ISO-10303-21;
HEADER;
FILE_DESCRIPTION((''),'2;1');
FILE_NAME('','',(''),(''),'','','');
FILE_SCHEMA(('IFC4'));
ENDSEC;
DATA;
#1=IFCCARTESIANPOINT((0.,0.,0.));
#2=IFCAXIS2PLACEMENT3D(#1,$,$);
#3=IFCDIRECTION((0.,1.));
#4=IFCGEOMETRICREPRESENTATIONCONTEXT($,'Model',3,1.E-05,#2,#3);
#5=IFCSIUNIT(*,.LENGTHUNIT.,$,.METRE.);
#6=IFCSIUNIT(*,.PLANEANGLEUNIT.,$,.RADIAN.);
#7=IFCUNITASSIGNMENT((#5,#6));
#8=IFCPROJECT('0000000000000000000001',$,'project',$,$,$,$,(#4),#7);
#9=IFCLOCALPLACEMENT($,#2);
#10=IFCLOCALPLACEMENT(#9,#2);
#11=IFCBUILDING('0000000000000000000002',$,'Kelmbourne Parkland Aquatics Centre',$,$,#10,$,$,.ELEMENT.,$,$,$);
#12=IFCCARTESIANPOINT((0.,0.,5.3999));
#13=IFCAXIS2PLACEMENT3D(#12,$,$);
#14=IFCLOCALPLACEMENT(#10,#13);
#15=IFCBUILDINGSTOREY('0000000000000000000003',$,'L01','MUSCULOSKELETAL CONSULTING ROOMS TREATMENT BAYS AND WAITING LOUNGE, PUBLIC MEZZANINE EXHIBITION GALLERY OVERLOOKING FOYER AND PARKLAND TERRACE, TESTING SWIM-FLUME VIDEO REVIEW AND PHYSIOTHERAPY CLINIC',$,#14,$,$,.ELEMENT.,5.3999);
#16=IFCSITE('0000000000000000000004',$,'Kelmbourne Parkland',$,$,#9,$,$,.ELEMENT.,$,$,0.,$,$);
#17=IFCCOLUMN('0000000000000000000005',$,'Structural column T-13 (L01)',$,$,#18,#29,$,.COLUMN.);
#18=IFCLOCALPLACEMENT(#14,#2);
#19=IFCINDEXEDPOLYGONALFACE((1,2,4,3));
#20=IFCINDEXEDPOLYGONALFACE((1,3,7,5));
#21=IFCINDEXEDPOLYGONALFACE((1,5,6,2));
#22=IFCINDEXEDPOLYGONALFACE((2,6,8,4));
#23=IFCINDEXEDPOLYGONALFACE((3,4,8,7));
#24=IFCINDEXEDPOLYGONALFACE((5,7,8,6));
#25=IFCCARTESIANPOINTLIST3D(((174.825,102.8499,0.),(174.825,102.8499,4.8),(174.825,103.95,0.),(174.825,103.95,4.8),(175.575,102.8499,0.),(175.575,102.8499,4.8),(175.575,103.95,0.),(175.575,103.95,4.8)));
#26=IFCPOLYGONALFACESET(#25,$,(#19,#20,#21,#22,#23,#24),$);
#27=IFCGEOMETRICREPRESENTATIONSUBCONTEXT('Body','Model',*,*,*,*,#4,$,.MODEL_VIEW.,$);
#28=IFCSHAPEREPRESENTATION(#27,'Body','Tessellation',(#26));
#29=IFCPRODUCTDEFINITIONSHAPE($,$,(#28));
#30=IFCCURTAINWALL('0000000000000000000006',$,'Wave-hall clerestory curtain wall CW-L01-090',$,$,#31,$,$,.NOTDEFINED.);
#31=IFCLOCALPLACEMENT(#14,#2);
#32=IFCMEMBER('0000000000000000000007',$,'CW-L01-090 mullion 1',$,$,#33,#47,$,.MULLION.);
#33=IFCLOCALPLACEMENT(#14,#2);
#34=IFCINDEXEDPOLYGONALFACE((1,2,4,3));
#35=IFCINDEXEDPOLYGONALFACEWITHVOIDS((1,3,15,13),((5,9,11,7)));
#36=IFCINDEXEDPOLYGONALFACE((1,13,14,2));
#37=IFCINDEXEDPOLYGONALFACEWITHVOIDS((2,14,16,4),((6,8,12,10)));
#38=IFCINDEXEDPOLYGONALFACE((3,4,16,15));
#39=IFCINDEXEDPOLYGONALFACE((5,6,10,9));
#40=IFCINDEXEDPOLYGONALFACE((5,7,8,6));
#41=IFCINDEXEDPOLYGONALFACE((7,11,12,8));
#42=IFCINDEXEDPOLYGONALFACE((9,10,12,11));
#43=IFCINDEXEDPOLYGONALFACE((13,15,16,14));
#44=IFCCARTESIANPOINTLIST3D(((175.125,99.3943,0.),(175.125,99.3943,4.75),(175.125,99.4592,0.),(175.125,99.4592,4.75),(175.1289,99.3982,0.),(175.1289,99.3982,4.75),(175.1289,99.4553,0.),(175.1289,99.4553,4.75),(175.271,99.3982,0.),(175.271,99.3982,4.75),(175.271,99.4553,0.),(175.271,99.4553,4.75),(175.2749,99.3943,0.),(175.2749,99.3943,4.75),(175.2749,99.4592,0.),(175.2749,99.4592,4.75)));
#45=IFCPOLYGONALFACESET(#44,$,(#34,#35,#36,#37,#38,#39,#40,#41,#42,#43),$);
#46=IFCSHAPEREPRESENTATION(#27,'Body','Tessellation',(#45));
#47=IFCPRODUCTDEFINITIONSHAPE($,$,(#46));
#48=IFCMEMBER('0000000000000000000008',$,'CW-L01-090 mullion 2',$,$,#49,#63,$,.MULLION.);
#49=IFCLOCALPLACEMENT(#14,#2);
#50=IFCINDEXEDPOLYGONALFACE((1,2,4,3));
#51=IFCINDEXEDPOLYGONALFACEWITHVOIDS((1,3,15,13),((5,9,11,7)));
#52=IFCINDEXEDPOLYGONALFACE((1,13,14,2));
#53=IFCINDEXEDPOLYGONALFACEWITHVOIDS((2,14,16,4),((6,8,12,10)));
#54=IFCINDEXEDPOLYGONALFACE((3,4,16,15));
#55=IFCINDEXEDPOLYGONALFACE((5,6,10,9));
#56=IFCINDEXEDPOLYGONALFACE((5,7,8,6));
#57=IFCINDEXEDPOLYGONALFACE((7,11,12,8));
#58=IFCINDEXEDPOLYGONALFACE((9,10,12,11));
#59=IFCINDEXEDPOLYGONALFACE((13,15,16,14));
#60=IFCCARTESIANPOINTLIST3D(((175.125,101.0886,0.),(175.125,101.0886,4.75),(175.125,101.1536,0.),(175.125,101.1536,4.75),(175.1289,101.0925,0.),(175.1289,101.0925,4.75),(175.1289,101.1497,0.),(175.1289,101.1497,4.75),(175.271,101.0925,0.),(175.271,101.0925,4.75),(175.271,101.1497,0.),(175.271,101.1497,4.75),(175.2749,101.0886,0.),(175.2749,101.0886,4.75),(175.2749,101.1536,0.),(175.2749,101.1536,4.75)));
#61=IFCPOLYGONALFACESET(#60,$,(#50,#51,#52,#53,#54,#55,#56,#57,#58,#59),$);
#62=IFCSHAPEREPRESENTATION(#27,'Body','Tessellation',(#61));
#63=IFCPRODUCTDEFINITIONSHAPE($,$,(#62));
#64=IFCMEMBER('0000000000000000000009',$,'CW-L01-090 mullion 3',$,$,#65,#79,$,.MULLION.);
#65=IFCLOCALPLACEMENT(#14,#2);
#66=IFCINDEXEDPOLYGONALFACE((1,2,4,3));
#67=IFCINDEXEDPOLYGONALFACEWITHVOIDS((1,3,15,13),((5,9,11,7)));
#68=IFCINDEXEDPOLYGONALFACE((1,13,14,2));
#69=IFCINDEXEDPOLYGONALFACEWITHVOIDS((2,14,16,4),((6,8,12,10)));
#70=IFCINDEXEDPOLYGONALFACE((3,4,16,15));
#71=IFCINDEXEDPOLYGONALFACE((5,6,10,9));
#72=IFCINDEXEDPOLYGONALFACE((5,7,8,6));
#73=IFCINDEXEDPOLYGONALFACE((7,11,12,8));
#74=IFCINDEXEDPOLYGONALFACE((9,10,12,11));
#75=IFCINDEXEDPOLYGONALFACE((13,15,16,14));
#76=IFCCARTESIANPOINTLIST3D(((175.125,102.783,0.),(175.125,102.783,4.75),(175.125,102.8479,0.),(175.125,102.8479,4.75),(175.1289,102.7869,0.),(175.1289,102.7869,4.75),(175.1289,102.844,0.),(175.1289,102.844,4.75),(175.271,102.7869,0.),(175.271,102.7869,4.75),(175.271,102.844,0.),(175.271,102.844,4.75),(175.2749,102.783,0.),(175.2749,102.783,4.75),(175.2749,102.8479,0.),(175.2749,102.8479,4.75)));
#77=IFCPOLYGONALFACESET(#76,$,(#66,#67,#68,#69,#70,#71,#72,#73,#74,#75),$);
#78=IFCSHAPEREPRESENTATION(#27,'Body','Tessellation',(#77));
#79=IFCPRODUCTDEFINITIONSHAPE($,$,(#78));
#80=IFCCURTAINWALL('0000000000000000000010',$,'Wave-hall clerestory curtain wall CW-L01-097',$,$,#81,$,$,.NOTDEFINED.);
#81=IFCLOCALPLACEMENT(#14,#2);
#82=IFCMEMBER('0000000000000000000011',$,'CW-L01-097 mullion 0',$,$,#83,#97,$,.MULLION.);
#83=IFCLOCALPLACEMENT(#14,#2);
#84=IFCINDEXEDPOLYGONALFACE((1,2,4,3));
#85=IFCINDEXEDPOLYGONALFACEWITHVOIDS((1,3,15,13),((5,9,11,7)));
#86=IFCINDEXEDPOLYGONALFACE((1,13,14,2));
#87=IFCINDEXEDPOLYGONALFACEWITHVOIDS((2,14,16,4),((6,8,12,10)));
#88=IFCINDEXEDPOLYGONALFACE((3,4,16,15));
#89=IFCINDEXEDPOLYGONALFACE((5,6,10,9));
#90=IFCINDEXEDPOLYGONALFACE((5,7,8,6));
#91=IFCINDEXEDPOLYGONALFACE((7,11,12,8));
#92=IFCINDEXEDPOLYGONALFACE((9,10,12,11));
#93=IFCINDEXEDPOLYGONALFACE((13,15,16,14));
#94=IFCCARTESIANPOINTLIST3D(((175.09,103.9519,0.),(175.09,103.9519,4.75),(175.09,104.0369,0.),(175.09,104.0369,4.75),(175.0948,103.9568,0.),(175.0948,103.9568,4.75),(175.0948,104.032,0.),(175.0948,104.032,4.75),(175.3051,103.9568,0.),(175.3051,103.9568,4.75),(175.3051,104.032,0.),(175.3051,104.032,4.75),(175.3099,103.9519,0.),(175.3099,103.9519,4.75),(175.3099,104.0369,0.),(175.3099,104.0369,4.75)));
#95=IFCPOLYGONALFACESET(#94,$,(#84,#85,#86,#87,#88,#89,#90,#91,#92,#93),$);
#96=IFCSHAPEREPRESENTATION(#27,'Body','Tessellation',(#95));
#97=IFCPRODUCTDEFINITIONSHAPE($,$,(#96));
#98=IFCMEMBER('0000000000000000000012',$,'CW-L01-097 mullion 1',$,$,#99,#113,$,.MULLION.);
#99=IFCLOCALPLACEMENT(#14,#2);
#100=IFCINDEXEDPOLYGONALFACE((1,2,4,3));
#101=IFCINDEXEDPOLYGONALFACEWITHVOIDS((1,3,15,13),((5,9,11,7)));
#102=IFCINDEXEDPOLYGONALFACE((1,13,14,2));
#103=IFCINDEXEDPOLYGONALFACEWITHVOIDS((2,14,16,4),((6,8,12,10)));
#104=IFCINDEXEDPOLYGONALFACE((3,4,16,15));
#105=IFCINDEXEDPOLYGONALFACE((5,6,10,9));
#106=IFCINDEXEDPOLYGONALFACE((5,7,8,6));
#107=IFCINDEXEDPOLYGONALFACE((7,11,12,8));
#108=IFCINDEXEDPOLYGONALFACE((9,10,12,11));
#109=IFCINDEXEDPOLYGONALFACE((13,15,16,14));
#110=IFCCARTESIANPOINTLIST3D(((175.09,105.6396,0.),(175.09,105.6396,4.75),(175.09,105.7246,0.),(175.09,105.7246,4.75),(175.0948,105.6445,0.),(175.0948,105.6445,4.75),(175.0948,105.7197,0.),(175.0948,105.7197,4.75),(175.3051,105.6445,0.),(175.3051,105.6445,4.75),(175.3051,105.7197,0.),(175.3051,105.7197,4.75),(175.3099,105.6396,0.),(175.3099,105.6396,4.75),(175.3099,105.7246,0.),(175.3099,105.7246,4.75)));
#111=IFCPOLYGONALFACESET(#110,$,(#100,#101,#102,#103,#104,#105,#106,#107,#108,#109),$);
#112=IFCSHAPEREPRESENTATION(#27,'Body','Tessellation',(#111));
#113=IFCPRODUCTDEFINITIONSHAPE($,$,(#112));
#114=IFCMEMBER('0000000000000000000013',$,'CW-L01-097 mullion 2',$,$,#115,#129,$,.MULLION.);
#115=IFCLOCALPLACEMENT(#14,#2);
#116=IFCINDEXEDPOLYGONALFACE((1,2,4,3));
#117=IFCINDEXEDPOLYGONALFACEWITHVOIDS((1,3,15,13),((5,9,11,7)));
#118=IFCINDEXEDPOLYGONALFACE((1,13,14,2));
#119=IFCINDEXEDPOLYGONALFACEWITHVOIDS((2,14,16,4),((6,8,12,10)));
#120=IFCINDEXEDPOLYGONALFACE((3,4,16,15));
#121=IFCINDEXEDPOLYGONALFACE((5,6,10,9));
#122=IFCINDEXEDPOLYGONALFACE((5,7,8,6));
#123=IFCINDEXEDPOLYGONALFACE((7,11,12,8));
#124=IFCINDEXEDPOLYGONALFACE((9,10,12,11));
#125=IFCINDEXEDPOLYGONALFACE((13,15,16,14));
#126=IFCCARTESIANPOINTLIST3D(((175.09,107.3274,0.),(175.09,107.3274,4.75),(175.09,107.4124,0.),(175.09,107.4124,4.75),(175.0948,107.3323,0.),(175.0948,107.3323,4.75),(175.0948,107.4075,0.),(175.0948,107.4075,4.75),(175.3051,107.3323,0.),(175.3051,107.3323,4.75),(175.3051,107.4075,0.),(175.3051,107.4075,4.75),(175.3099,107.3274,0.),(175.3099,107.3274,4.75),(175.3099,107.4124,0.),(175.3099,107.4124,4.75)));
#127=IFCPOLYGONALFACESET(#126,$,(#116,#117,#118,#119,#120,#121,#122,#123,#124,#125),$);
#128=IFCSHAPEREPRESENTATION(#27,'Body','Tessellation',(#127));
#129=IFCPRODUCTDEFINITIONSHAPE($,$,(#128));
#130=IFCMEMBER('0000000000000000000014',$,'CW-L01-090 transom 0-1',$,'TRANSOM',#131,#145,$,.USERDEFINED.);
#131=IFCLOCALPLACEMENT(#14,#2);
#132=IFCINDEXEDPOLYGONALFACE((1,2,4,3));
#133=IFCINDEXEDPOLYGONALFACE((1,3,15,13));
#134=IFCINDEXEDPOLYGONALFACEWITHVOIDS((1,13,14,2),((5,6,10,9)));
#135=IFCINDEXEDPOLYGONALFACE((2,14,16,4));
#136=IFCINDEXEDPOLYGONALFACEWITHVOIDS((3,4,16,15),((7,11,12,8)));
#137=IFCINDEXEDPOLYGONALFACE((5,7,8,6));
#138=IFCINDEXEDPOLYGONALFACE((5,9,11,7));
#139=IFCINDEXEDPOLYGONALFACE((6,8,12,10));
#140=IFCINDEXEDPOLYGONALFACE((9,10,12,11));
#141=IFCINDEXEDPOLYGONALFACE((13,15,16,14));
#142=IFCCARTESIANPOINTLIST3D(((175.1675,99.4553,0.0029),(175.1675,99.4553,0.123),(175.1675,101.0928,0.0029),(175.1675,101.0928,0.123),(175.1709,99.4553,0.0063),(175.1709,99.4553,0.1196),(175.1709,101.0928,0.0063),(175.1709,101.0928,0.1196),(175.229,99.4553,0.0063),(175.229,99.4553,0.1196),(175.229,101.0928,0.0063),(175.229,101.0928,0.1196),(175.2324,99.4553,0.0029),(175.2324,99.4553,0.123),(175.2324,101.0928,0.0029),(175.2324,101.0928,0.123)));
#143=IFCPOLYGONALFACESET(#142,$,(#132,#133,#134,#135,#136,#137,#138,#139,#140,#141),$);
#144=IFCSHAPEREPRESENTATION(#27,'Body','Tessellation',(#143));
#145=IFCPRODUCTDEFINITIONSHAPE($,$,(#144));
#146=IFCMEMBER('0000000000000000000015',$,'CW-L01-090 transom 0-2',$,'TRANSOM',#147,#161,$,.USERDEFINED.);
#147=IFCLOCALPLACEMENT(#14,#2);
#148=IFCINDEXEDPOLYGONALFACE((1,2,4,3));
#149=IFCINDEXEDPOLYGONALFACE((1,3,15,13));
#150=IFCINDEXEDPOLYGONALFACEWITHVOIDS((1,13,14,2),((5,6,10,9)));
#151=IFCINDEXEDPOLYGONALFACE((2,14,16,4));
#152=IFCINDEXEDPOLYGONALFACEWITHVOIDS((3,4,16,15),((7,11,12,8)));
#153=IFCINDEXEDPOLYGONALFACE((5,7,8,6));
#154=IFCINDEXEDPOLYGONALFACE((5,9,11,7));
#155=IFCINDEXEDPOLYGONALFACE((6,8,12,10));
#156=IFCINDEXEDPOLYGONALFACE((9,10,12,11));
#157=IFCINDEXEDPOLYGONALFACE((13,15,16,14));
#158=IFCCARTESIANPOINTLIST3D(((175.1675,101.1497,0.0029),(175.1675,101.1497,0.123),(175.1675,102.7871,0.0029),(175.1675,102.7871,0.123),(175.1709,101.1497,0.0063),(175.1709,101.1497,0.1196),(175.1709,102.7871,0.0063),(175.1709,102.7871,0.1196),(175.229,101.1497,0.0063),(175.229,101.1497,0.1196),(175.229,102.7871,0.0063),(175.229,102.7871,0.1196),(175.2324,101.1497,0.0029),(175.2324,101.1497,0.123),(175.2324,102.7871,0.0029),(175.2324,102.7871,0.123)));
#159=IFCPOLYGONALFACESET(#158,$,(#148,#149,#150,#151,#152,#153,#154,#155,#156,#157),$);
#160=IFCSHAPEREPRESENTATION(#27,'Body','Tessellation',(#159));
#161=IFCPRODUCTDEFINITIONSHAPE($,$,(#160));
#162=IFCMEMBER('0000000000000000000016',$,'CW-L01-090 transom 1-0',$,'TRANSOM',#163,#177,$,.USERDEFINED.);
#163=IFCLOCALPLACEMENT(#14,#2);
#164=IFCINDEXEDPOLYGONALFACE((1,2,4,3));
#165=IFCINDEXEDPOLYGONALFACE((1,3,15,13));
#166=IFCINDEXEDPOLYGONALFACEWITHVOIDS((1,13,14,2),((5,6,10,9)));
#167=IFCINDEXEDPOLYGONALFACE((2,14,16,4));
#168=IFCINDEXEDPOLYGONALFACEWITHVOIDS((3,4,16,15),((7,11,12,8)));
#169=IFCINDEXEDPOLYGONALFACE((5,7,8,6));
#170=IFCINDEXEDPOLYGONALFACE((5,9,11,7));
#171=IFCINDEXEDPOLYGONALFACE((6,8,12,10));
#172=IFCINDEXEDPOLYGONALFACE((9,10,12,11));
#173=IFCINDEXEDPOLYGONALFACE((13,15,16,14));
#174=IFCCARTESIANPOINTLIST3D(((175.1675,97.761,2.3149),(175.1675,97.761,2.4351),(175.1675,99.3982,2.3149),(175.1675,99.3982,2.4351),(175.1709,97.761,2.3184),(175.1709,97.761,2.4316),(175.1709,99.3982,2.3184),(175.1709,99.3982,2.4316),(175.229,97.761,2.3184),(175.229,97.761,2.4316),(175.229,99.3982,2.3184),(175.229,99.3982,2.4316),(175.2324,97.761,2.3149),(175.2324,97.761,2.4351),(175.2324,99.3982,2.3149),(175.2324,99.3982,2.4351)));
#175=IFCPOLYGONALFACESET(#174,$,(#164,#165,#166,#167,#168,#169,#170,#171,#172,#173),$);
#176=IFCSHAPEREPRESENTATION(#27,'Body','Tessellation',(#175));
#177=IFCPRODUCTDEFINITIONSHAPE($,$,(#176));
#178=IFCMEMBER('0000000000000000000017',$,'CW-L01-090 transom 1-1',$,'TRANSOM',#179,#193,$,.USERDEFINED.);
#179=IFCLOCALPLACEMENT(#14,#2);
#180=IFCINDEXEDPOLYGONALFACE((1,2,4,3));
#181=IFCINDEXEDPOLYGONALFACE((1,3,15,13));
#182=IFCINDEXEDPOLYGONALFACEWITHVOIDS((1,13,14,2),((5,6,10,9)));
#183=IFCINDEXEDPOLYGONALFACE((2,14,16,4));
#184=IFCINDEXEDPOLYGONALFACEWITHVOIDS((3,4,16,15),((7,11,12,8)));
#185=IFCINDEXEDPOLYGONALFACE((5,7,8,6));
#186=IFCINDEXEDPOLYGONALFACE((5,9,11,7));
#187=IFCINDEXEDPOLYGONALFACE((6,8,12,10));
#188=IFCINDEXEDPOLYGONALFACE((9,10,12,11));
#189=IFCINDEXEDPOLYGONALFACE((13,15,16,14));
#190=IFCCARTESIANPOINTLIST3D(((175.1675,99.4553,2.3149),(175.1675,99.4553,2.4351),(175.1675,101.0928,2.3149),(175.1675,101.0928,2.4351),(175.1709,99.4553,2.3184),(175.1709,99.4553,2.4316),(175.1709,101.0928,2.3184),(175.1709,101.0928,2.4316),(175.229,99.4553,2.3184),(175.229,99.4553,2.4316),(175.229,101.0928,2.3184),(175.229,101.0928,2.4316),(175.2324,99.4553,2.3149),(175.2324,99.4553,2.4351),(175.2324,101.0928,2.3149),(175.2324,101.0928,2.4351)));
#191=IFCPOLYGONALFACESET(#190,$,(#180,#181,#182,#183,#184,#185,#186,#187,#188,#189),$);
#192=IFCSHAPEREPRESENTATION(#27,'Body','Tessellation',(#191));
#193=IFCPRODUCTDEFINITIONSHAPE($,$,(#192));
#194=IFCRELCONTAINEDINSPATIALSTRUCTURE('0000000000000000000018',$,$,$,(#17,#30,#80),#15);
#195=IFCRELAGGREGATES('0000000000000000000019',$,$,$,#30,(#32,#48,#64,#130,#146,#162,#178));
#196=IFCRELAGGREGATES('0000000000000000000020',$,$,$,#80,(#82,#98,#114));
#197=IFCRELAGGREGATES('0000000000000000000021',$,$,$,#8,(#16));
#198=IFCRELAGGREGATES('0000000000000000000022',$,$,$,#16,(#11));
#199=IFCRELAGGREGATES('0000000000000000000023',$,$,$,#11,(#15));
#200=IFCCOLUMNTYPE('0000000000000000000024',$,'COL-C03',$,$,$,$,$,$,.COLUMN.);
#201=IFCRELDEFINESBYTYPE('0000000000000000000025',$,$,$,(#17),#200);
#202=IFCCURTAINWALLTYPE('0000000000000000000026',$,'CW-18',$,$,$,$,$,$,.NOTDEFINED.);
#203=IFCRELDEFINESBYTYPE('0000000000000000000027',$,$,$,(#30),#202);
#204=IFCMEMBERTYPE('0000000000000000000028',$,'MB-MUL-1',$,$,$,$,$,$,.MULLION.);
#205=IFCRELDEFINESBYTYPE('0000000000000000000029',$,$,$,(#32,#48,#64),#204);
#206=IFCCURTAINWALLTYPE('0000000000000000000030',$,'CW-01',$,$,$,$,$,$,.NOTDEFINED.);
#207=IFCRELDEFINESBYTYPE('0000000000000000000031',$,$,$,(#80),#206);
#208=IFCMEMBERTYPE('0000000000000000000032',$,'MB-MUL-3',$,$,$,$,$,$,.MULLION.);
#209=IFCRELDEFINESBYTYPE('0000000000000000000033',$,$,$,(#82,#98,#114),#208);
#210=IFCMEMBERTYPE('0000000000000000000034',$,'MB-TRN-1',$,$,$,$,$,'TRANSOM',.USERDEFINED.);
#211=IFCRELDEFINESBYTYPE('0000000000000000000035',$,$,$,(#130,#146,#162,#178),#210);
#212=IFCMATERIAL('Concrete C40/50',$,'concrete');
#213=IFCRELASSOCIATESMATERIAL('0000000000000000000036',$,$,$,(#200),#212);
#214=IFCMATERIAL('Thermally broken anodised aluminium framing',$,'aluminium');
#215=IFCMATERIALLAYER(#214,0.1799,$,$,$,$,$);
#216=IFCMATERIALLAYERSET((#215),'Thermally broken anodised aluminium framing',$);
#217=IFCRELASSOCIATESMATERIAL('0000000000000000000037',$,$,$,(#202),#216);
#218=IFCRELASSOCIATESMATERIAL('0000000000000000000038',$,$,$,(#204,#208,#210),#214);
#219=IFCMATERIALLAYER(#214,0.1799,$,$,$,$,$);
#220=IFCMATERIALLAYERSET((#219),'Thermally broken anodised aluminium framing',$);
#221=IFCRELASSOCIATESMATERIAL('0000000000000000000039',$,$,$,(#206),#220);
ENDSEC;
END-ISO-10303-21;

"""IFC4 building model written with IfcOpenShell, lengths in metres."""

from ifc_helpers import new_model, si_unit, direction, frame, origin, origin_2d, place, context, subcontext, project, spatial, rectangle, hollow_rectangle, extrude, material, layer, layer_set, material_profile, profile_set, type_object, element, aggregate, save


model = new_model("IFC4")

# Units and contexts
model_context = context("Model", 3, precision=1e-05, world=origin(), true_north=direction((0.0, 1.0)))
body_context = subcontext(model_context, "Body", "Model", "MODEL_VIEW")
ifc_project = project(units=[si_unit("LENGTHUNIT", "METRE"), si_unit("PLANEANGLEUNIT", "RADIAN")], contexts=[model_context])

# Site, building, storey
site_placement = place(None, origin())
site = spatial("IfcSite", under=ifc_project, at=site_placement, Name="Kelmbourne Parkland", CompositionType="ELEMENT", RefElevation=0.0)
building_placement = place(site_placement, origin())
building = spatial("IfcBuilding", under=site, at=building_placement, Name="Kelmbourne Parkland Aquatics Centre", CompositionType="ELEMENT")
storey_placement = place(building_placement, frame((0.0, 0.0, 5.3999)))
storey = spatial("IfcBuildingStorey", under=building, at=storey_placement, Name="L01", Description="MUSCULOSKELETAL CONSULTING ROOMS TREATMENT BAYS AND WAITING LOUNGE, PUBLIC MEZZANINE EXHIBITION GALLERY OVERLOOKING FOYER AND PARKLAND TERRACE, TESTING SWIM-FLUME VIDEO REVIEW AND PHYSIOTHERAPY CLINIC", CompositionType="ELEMENT", Elevation=5.3999)

# Column
ifc_material_1 = material(Name="Concrete C40/50", Category="concrete")
ifc_material_profile_1 = material_profile(ifc_material_1, rectangle(XDim=0.75, YDim=1.1001, at=origin_2d()), Name="RC 750x1100")
ifc_profile_set_1 = profile_set([ifc_material_profile_1], Name="Concrete C40/50")
column_type = type_object("IfcColumnType", Name="COL-C03", PredefinedType="COLUMN", material=ifc_profile_set_1)
column_placement = place(storey_placement, frame((175.2, 103.3999, 0.0), z_axis=(0.0, 0.0, 1.0), x_axis=(1.0, 0.0, 0.0)))
element("IfcColumn", 1, at=column_placement, inside=storey, type_object=column_type, Name="Structural column T-13 (L01)", PredefinedType="COLUMN", context=body_context, shape_type="SweptSolid", body=[
    extrude(rectangle(XDim=0.75, YDim=1.1001, at=origin_2d()), origin(), (0.0, 0.0, 1.0), 4.8),
])

# Curtain walls, members
ifc_material_2 = material(Name="Thermally broken anodised aluminium framing", Category="aluminium")
ifc_layer_1 = layer(ifc_material_2, 0.1799)
ifc_layer_set_1 = layer_set([ifc_layer_1], Name="Thermally broken anodised aluminium framing")
curtain_wall_type_1 = type_object("IfcCurtainWallType", Name="CW-18", PredefinedType="NOTDEFINED", material=ifc_layer_set_1)
curtain_wall_1_placement = place(storey_placement, origin())
curtain_wall_1 = element("IfcCurtainWall", 2, at=curtain_wall_1_placement, inside=storey, type_object=curtain_wall_type_1, Name="Wave-hall clerestory curtain wall CW-L01-090", PredefinedType="NOTDEFINED")
ifc_material_profile_2 = material_profile(ifc_material_2, hollow_rectangle(XDim=0.0649, YDim=0.1499, WallThickness=0.0039, at=origin_2d()), Name="CW-M 65x150")
ifc_profile_set_2 = profile_set([ifc_material_profile_2], Name="Thermally broken anodised aluminium framing")
member_type_1 = type_object("IfcMemberType", Name="MB-MUL-1", PredefinedType="MULLION", material=ifc_profile_set_2)
member_1_placement = place(storey_placement, frame((175.2, 99.4268, 0.0), z_axis=(0.0, 0.0, 1.0), x_axis=(0.0, 1.0, 0.0)))
member_1 = element("IfcMember", 3, at=member_1_placement, type_object=member_type_1, Name="CW-L01-090 mullion 1", PredefinedType="MULLION", context=body_context, shape_type="SweptSolid", body=[
    extrude(hollow_rectangle(XDim=0.0649, YDim=0.1499, WallThickness=0.0039, at=origin_2d()), origin(), (0.0, 0.0, 1.0), 4.75),
])
member_2_placement = place(storey_placement, frame((175.2, 101.1211, 0.0), z_axis=(0.0, 0.0, 1.0), x_axis=(0.0, 1.0, 0.0)))
member_2 = element("IfcMember", 4, at=member_2_placement, type_object=member_type_1, Name="CW-L01-090 mullion 2", PredefinedType="MULLION", context=body_context, shape_type="SweptSolid", body=[
    extrude(hollow_rectangle(XDim=0.0649, YDim=0.1499, WallThickness=0.0039, at=origin_2d()), origin(), (0.0, 0.0, 1.0), 4.75),
])
member_3_placement = place(storey_placement, frame((175.2, 102.8154, 0.0), z_axis=(0.0, 0.0, 1.0), x_axis=(0.0, 1.0, 0.0)))
member_3 = element("IfcMember", 5, at=member_3_placement, type_object=member_type_1, Name="CW-L01-090 mullion 3", PredefinedType="MULLION", context=body_context, shape_type="SweptSolid", body=[
    extrude(hollow_rectangle(XDim=0.0649, YDim=0.1499, WallThickness=0.0039, at=origin_2d()), origin(), (0.0, 0.0, 1.0), 4.75),
])
ifc_layer_2 = layer(ifc_material_2, 0.1799)
ifc_layer_set_2 = layer_set([ifc_layer_2], Name="Thermally broken anodised aluminium framing")
curtain_wall_type_2 = type_object("IfcCurtainWallType", Name="CW-01", PredefinedType="NOTDEFINED", material=ifc_layer_set_2)
curtain_wall_2_placement = place(storey_placement, origin())
curtain_wall_2 = element("IfcCurtainWall", 6, at=curtain_wall_2_placement, inside=storey, type_object=curtain_wall_type_2, Name="Wave-hall clerestory curtain wall CW-L01-097", PredefinedType="NOTDEFINED")
ifc_material_profile_3 = material_profile(ifc_material_2, hollow_rectangle(XDim=0.085, YDim=0.22, WallThickness=0.0049, at=origin_2d()), Name="CW-M 85x220")
ifc_profile_set_3 = profile_set([ifc_material_profile_3], Name="Thermally broken anodised aluminium framing")
member_type_2 = type_object("IfcMemberType", Name="MB-MUL-3", PredefinedType="MULLION", material=ifc_profile_set_3)
member_4_placement = place(storey_placement, frame((175.2, 103.9944, 0.0), z_axis=(0.0, 0.0, 1.0), x_axis=(0.0, 1.0, 0.0)))
member_4 = element("IfcMember", 7, at=member_4_placement, type_object=member_type_2, Name="CW-L01-097 mullion 0", PredefinedType="MULLION", context=body_context, shape_type="SweptSolid", body=[
    extrude(hollow_rectangle(XDim=0.085, YDim=0.22, WallThickness=0.0049, at=origin_2d()), origin(), (0.0, 0.0, 1.0), 4.75),
])
member_5_placement = place(storey_placement, frame((175.2, 105.6821, 0.0), z_axis=(0.0, 0.0, 1.0), x_axis=(0.0, 1.0, 0.0)))
member_5 = element("IfcMember", 8, at=member_5_placement, type_object=member_type_2, Name="CW-L01-097 mullion 1", PredefinedType="MULLION", context=body_context, shape_type="SweptSolid", body=[
    extrude(hollow_rectangle(XDim=0.085, YDim=0.22, WallThickness=0.0049, at=origin_2d()), origin(), (0.0, 0.0, 1.0), 4.75),
])
member_6_placement = place(storey_placement, frame((175.2, 107.3699, 0.0), z_axis=(0.0, 0.0, 1.0), x_axis=(0.0, 1.0, 0.0)))
member_6 = element("IfcMember", 9, at=member_6_placement, type_object=member_type_2, Name="CW-L01-097 mullion 2", PredefinedType="MULLION", context=body_context, shape_type="SweptSolid", body=[
    extrude(hollow_rectangle(XDim=0.085, YDim=0.22, WallThickness=0.0049, at=origin_2d()), origin(), (0.0, 0.0, 1.0), 4.75),
])

# Members
ifc_material_profile_4 = material_profile(ifc_material_2, hollow_rectangle(XDim=0.0649, YDim=0.1201, WallThickness=0.0034, at=origin_2d()), Name="CW-T 65x120")
ifc_profile_set_4 = profile_set([ifc_material_profile_4], Name="Thermally broken anodised aluminium framing")
member_type_3 = type_object("IfcMemberType", Name="MB-TRN-1", ElementType="TRANSOM", PredefinedType="USERDEFINED", material=ifc_profile_set_4)
member_7_placement = place(storey_placement, frame((175.2, 99.4553, 0.063), z_axis=(0.0, 1.0, 0.0), x_axis=(-1.0, 0.0, 0.0)))
member_7 = element("IfcMember", 10, at=member_7_placement, type_object=member_type_3, Name="CW-L01-090 transom 0-1", ObjectType="TRANSOM", PredefinedType="USERDEFINED", context=body_context, shape_type="SweptSolid", body=[
    extrude(hollow_rectangle(XDim=0.0649, YDim=0.1201, WallThickness=0.0034, at=origin_2d()), origin(), (0.0, 0.0, 1.0), 1.6375),
])
member_8_placement = place(storey_placement, frame((175.2, 101.1497, 0.063), z_axis=(0.0, 1.0, 0.0), x_axis=(-1.0, 0.0, 0.0)))
member_8 = element("IfcMember", 11, at=member_8_placement, type_object=member_type_3, Name="CW-L01-090 transom 0-2", ObjectType="TRANSOM", PredefinedType="USERDEFINED", context=body_context, shape_type="SweptSolid", body=[
    extrude(hollow_rectangle(XDim=0.0649, YDim=0.1201, WallThickness=0.0034, at=origin_2d()), origin(), (0.0, 0.0, 1.0), 1.6375),
])
member_9_placement = place(storey_placement, frame((175.2, 97.761, 2.375), z_axis=(0.0, 1.0, 0.0), x_axis=(-1.0, 0.0, 0.0)))
member_9 = element("IfcMember", 12, at=member_9_placement, type_object=member_type_3, Name="CW-L01-090 transom 1-0", ObjectType="TRANSOM", PredefinedType="USERDEFINED", context=body_context, shape_type="SweptSolid", body=[
    extrude(hollow_rectangle(XDim=0.0649, YDim=0.1201, WallThickness=0.0034, at=origin_2d()), origin(), (0.0, 0.0, 1.0), 1.6372),
])
member_10_placement = place(storey_placement, frame((175.2, 99.4553, 2.375), z_axis=(0.0, 1.0, 0.0), x_axis=(-1.0, 0.0, 0.0)))
member_10 = element("IfcMember", 13, at=member_10_placement, type_object=member_type_3, Name="CW-L01-090 transom 1-1", ObjectType="TRANSOM", PredefinedType="USERDEFINED", context=body_context, shape_type="SweptSolid", body=[
    extrude(hollow_rectangle(XDim=0.0649, YDim=0.1201, WallThickness=0.0034, at=origin_2d()), origin(), (0.0, 0.0, 1.0), 1.6375),
])

aggregate(curtain_wall_1, [member_1, member_2, member_3, member_7, member_8, member_9, member_10])
aggregate(curtain_wall_2, [member_4, member_5, member_6])

save(model, "model.ifc")
